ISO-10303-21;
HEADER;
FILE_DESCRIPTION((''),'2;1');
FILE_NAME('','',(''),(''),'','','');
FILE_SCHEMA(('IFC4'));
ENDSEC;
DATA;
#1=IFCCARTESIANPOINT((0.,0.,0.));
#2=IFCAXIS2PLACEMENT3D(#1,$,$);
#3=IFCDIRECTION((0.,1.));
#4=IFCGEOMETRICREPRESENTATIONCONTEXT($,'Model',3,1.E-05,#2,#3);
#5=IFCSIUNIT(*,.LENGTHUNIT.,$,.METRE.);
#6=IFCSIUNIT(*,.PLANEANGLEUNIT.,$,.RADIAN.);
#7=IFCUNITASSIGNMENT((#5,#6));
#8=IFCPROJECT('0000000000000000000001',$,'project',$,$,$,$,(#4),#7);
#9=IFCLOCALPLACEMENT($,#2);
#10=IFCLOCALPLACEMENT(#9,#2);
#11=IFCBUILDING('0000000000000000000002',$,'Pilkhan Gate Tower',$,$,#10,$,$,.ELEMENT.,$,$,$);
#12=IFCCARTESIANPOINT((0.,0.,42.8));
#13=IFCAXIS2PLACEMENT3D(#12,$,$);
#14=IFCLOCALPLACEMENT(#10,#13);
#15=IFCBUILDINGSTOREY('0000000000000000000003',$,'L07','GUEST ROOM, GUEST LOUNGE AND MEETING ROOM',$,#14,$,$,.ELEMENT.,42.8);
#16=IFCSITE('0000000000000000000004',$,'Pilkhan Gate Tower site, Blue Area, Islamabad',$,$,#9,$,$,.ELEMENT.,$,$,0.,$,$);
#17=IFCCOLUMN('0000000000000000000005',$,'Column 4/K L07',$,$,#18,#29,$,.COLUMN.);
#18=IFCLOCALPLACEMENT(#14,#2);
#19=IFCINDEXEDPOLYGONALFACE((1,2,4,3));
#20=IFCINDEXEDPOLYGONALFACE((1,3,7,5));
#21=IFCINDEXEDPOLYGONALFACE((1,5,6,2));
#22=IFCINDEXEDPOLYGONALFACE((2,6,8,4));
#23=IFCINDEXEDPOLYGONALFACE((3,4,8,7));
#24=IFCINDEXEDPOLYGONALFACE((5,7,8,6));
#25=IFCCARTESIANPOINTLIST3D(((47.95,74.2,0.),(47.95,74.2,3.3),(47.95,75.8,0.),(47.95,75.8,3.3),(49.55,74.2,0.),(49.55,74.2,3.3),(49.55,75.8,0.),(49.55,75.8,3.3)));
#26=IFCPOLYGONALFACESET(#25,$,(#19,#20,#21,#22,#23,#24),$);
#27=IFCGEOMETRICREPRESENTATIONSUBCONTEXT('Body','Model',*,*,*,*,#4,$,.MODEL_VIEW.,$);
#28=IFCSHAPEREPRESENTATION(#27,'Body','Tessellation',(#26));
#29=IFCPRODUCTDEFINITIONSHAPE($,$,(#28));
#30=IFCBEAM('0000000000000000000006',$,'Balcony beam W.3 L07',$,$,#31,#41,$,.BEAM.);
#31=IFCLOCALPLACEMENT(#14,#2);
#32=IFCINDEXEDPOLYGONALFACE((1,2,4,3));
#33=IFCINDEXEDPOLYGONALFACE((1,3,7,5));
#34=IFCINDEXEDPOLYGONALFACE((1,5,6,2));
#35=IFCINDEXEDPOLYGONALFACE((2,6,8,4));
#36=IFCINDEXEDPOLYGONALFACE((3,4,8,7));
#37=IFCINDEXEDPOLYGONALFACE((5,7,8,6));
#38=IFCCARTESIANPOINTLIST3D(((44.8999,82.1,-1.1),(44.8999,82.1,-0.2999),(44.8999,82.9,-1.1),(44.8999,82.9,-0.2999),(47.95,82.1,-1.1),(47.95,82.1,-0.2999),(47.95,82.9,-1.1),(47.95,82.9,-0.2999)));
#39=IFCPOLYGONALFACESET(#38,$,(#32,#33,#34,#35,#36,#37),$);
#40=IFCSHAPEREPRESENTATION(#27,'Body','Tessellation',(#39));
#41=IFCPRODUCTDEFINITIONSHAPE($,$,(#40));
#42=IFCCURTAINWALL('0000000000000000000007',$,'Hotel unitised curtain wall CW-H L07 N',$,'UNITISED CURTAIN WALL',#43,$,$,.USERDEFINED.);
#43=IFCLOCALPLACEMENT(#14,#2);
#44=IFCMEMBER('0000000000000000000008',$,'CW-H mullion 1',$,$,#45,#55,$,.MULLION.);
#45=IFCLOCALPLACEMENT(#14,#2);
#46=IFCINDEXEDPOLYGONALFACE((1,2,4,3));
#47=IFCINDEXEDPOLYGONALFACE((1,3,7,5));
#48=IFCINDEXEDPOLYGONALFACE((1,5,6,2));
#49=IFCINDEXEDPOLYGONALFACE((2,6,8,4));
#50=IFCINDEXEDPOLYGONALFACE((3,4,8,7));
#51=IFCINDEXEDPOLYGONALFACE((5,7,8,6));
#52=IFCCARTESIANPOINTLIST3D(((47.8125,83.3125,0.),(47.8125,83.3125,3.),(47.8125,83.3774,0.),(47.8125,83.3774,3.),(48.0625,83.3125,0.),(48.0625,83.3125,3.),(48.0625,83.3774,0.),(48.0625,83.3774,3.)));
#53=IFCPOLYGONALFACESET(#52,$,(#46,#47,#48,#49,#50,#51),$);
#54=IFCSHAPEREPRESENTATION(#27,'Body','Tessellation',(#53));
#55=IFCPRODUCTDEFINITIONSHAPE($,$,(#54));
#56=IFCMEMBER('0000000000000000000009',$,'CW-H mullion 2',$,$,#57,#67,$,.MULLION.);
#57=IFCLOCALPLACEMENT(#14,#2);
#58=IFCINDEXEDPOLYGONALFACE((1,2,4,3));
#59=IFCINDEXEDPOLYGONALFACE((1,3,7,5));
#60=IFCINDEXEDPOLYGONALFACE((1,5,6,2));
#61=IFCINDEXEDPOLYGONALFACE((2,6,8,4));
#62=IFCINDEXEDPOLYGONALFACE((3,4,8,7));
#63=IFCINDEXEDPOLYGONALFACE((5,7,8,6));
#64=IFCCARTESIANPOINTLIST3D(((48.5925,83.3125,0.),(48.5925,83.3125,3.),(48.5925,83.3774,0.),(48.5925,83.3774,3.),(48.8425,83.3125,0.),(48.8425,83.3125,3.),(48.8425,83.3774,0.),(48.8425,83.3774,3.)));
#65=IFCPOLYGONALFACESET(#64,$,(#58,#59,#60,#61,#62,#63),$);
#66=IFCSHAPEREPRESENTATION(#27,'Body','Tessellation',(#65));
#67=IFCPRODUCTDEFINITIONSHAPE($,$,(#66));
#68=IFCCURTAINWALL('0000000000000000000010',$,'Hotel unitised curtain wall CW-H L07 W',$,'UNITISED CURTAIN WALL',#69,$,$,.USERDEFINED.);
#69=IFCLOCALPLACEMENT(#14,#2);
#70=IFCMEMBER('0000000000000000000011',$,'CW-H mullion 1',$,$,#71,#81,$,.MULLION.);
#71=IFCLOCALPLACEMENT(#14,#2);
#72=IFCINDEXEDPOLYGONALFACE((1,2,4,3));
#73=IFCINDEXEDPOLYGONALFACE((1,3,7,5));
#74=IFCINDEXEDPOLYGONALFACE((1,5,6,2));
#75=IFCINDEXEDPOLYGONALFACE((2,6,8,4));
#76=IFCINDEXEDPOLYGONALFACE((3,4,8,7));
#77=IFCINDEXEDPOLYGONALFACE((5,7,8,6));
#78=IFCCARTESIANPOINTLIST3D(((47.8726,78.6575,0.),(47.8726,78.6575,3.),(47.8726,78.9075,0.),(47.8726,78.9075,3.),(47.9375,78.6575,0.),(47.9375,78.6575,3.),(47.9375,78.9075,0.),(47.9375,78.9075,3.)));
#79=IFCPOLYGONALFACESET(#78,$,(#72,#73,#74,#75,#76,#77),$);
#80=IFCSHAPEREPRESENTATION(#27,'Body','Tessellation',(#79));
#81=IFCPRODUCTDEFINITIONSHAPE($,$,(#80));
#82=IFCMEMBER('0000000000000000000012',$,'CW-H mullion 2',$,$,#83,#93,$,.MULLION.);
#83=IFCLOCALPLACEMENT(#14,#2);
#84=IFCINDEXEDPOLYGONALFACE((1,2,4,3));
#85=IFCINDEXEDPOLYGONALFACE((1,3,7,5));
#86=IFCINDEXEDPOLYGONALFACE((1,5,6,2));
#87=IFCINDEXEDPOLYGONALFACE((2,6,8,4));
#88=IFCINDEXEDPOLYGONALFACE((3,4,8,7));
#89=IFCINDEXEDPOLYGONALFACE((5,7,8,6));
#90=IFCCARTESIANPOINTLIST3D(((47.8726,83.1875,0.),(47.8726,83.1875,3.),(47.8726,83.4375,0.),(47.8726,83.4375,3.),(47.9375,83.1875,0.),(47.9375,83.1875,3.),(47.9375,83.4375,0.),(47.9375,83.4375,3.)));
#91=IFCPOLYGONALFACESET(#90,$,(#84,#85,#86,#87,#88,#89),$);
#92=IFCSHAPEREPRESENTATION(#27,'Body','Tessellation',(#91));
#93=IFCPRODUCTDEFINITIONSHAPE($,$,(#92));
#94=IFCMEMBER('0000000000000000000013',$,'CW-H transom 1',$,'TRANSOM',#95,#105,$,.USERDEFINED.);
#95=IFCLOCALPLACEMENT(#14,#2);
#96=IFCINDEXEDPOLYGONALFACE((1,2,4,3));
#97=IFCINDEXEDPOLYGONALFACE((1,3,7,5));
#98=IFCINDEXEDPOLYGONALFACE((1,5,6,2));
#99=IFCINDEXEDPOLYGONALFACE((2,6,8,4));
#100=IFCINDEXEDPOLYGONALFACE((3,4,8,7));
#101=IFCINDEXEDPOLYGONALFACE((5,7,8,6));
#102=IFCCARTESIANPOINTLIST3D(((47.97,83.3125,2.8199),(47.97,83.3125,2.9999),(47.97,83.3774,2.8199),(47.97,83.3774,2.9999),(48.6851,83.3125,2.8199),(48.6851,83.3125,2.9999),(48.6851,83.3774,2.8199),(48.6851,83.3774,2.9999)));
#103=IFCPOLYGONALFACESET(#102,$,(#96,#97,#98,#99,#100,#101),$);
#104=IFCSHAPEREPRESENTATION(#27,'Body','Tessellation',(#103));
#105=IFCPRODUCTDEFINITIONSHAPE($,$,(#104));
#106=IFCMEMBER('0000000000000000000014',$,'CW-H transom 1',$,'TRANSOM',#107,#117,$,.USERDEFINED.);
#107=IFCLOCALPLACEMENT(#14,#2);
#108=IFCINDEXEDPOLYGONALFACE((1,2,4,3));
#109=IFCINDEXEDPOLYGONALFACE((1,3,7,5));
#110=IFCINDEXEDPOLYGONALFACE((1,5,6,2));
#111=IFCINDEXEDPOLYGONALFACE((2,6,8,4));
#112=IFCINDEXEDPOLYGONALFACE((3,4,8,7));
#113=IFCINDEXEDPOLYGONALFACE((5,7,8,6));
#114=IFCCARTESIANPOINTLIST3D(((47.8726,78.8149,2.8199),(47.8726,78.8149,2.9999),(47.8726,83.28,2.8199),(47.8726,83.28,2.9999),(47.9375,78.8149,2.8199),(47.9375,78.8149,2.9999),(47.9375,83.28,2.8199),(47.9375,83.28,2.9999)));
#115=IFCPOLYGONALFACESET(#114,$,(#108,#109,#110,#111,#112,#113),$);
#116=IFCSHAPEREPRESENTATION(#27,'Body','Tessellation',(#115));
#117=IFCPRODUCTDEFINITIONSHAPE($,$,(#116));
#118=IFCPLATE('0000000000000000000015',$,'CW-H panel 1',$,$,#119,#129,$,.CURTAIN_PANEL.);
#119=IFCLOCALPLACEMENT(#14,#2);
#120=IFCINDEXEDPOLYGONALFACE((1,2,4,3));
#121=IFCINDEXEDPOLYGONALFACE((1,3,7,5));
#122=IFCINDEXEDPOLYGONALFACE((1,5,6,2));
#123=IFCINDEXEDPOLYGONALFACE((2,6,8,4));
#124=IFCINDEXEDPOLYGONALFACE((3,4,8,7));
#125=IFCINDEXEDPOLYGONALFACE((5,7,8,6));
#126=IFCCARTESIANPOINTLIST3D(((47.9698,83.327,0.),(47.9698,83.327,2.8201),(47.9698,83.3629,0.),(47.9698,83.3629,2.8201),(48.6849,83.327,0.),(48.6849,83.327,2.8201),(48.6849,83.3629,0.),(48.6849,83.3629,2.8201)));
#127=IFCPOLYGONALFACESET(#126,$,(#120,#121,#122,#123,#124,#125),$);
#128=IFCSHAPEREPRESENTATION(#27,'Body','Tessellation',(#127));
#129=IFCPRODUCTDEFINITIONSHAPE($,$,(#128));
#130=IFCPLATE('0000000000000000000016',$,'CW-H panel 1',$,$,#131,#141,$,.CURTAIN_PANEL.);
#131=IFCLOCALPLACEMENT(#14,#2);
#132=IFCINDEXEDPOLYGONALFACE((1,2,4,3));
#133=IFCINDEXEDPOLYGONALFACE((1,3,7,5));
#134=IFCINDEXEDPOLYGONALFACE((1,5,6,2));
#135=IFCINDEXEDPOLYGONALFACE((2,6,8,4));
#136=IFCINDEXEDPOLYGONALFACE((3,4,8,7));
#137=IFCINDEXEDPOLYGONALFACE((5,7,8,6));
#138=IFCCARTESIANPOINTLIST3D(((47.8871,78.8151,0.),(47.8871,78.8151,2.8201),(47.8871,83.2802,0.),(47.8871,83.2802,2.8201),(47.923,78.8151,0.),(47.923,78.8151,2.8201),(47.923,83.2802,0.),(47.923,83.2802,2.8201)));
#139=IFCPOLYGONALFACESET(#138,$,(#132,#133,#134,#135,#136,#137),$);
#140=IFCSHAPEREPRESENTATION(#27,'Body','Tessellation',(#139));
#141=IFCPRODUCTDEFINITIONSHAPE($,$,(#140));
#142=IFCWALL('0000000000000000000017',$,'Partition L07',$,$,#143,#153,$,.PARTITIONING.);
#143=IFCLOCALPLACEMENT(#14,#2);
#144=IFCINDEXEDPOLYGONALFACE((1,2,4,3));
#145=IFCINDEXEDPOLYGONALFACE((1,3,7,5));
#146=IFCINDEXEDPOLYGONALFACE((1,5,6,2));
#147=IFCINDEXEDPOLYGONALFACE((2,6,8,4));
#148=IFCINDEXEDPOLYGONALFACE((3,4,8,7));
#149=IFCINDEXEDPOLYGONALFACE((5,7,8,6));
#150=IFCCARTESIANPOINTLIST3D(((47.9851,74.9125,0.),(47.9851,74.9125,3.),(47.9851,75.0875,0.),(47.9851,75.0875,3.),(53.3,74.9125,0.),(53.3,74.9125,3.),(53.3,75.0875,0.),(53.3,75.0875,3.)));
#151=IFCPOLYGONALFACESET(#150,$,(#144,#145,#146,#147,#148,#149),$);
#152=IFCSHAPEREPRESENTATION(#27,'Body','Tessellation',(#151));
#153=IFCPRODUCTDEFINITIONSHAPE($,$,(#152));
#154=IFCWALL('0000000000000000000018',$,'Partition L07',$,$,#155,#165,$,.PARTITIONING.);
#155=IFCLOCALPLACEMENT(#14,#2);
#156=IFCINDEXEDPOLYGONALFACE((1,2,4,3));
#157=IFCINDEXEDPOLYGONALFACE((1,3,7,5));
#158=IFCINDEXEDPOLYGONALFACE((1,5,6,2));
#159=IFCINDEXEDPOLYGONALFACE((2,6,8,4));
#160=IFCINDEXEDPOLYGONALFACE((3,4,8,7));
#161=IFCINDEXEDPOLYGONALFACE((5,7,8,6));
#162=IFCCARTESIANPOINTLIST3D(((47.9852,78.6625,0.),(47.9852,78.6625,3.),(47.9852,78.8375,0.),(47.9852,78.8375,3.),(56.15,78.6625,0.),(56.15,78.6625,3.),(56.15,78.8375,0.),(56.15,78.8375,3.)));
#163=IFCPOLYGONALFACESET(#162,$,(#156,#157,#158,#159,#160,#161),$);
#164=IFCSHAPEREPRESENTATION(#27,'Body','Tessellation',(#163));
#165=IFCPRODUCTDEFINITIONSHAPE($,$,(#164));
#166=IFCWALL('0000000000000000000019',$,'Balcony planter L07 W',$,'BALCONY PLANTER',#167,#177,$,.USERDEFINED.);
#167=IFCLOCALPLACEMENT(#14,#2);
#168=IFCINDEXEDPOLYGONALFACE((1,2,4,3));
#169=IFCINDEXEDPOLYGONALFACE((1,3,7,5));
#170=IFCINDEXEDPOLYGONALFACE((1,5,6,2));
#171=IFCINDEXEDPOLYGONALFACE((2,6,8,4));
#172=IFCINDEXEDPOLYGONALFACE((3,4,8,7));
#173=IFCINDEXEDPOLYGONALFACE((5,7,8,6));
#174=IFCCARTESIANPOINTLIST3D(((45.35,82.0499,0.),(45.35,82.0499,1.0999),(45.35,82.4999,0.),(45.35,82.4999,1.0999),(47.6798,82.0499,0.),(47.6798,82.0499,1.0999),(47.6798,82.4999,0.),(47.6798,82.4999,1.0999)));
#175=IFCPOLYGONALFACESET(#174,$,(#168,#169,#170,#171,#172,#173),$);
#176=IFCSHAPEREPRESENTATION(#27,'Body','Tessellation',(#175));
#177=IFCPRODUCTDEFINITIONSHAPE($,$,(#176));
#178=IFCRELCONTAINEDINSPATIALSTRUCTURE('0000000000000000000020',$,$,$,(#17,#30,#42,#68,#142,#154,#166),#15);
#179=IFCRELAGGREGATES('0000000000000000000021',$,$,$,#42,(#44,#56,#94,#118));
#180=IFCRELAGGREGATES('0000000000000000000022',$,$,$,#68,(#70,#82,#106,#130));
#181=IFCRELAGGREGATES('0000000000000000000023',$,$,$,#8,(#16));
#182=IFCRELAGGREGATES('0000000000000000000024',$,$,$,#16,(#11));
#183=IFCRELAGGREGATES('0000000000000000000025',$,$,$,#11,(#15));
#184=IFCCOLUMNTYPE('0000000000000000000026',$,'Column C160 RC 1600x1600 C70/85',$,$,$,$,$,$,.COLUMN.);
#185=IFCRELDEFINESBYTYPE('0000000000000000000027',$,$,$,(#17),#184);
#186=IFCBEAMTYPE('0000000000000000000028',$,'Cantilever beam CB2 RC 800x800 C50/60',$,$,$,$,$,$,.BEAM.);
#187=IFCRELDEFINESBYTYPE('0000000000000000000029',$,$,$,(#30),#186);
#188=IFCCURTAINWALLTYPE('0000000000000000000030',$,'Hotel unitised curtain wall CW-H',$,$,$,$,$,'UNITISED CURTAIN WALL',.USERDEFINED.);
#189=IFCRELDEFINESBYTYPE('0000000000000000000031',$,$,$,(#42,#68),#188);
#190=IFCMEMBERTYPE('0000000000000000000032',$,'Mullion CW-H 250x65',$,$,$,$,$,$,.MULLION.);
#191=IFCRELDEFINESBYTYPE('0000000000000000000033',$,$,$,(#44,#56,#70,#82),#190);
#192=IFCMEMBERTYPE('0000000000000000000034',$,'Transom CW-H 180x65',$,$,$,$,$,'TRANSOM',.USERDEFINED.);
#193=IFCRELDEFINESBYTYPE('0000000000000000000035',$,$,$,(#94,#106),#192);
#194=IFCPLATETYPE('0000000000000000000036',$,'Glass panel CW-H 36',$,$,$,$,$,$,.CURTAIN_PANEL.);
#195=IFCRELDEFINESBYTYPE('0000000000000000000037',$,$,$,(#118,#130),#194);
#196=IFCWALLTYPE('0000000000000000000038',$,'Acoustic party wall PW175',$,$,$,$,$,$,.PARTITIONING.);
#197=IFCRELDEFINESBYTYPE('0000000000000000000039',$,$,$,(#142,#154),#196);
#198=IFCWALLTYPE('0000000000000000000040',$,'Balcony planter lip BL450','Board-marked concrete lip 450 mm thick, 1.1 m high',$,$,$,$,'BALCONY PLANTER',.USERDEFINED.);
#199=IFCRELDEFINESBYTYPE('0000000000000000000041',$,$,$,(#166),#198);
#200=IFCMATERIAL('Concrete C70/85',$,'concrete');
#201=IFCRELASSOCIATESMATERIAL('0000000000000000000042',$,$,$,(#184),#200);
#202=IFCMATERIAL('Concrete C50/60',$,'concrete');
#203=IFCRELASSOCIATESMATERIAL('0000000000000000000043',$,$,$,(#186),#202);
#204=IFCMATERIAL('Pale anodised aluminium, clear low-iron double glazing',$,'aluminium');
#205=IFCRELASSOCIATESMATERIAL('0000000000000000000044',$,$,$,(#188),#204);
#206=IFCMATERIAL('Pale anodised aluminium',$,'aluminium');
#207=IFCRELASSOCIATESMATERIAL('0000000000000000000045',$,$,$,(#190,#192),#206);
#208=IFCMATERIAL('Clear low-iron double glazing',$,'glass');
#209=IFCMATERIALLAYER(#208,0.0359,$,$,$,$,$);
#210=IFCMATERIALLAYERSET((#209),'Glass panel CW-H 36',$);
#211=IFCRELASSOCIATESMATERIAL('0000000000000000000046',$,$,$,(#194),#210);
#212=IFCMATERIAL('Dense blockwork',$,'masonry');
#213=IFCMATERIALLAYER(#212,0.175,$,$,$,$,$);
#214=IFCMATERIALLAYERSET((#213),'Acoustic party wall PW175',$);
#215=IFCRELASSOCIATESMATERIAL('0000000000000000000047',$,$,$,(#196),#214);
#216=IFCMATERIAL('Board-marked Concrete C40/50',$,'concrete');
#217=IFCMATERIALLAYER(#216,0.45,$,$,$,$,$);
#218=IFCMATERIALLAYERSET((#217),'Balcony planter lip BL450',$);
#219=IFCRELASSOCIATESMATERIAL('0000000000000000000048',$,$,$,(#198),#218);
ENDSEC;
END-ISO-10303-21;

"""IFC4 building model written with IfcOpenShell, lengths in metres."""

from ifc_helpers import new_model, si_unit, direction, frame, frame_2d, origin, origin_2d, place, context, subcontext, project, spatial, rectangle, extrude, material, layer, layer_set, material_profile, profile_set, type_object, element, aggregate, save


model = new_model("IFC4")

# Units and contexts
model_context = context("Model", 3, precision=1e-05, world=origin(), true_north=direction((0.0, 1.0)))
body_context = subcontext(model_context, "Body", "Model", "MODEL_VIEW")
ifc_project = project(units=[si_unit("LENGTHUNIT", "METRE"), si_unit("PLANEANGLEUNIT", "RADIAN")], contexts=[model_context])

# Site, building, storey
site_placement = place(None, origin())
site = spatial("IfcSite", under=ifc_project, at=site_placement, Name="Pilkhan Gate Tower site, Blue Area, Islamabad", CompositionType="ELEMENT", RefElevation=0.0)
building_placement = place(site_placement, origin())
building = spatial("IfcBuilding", under=site, at=building_placement, Name="Pilkhan Gate Tower", CompositionType="ELEMENT")
storey_placement = place(building_placement, frame((0.0, 0.0, 42.8)))
storey = spatial("IfcBuildingStorey", under=building, at=storey_placement, Name="L07", Description="GUEST ROOM, GUEST LOUNGE AND MEETING ROOM", CompositionType="ELEMENT", Elevation=42.8)

# Column
ifc_material_1 = material(Name="Concrete C70/85", Category="concrete")
ifc_material_profile_1 = material_profile(ifc_material_1, rectangle(XDim=1.6001, YDim=1.6001, at=origin_2d()), Name="RC 1600x1600")
ifc_profile_set_1 = profile_set([ifc_material_profile_1], Name="Concrete C70/85")
column_type = type_object("IfcColumnType", Name="Column C160 RC 1600x1600 C70/85", PredefinedType="COLUMN", material=ifc_profile_set_1)
column_placement = place(storey_placement, frame((48.75, 75.0, 0.0), z_axis=(0.0, 0.0, 1.0), x_axis=(1.0, 0.0, 0.0)))
element("IfcColumn", 1, at=column_placement, inside=storey, type_object=column_type, Name="Column 4/K L07", PredefinedType="COLUMN", context=body_context, shape_type="SweptSolid", body=[
    extrude(rectangle(XDim=1.6001, YDim=1.6001, at=origin_2d()), origin(), (0.0, 0.0, 1.0), 3.3),
])

# Beam
ifc_material_2 = material(Name="Concrete C50/60", Category="concrete")
ifc_material_profile_2 = material_profile(ifc_material_2, rectangle(XDim=0.8, YDim=0.8, at=origin_2d()), Name="RC 800x800")
ifc_profile_set_2 = profile_set([ifc_material_profile_2], Name="Concrete C50/60")
beam_type = type_object("IfcBeamType", Name="Cantilever beam CB2 RC 800x800 C50/60", PredefinedType="BEAM", material=ifc_profile_set_2)
beam_placement = place(storey_placement, frame((47.95, 82.5, -0.7), z_axis=(-1.0, 0.0, 0.0), x_axis=(0.0, -1.0, 0.0)))
element("IfcBeam", 2, at=beam_placement, inside=storey, type_object=beam_type, Name="Balcony beam W.3 L07", PredefinedType="BEAM", context=body_context, shape_type="SweptSolid", body=[
    extrude(rectangle(XDim=0.8, YDim=0.8, at=origin_2d()), origin(), (0.0, 0.0, 1.0), 3.05),
])

# Curtain walls, members
ifc_material_3 = material(Name="Pale anodised aluminium, clear low-iron double glazing", Category="aluminium")
curtain_wall_type = type_object("IfcCurtainWallType", Name="Hotel unitised curtain wall CW-H", ElementType="UNITISED CURTAIN WALL", PredefinedType="USERDEFINED", material=ifc_material_3)
curtain_wall_1_placement = place(storey_placement, origin())
curtain_wall_1 = element("IfcCurtainWall", 3, at=curtain_wall_1_placement, inside=storey, type_object=curtain_wall_type, Name="Hotel unitised curtain wall CW-H L07 N", ObjectType="UNITISED CURTAIN WALL", PredefinedType="USERDEFINED")
ifc_material_4 = material(Name="Pale anodised aluminium", Category="aluminium")
ifc_material_profile_3 = material_profile(ifc_material_4, rectangle(XDim=0.0649, YDim=0.25, at=origin_2d()), Name="Mullion 250x65")
ifc_profile_set_3 = profile_set([ifc_material_profile_3], Name="Pale anodised aluminium")
member_type_1 = type_object("IfcMemberType", Name="Mullion CW-H 250x65", PredefinedType="MULLION", material=ifc_profile_set_3)
member_1_placement = place(storey_placement, frame((47.9375, 83.345, 0.0), z_axis=(0.0, 0.0, 1.0), x_axis=(0.0, 1.0, 0.0)))
member_1 = element("IfcMember", 4, at=member_1_placement, type_object=member_type_1, Name="CW-H mullion 1", PredefinedType="MULLION", context=body_context, shape_type="SweptSolid", body=[
    extrude(rectangle(XDim=0.0649, YDim=0.25, at=origin_2d()), origin(), (0.0, 0.0, 1.0), 3.0),
])
member_2_placement = place(storey_placement, frame((48.7175, 83.345, 0.0), z_axis=(0.0, 0.0, 1.0), x_axis=(0.0, 1.0, 0.0)))
member_2 = element("IfcMember", 5, at=member_2_placement, type_object=member_type_1, Name="CW-H mullion 2", PredefinedType="MULLION", context=body_context, shape_type="SweptSolid", body=[
    extrude(rectangle(XDim=0.0649, YDim=0.25, at=origin_2d()), origin(), (0.0, 0.0, 1.0), 3.0),
])
curtain_wall_2_placement = place(storey_placement, origin())
curtain_wall_2 = element("IfcCurtainWall", 6, at=curtain_wall_2_placement, inside=storey, type_object=curtain_wall_type, Name="Hotel unitised curtain wall CW-H L07 W", ObjectType="UNITISED CURTAIN WALL", PredefinedType="USERDEFINED")
member_3_placement = place(storey_placement, frame((47.905, 78.7825, 0.0), z_axis=(0.0, 0.0, 1.0), x_axis=(-1.0, 0.0, 0.0)))
member_3 = element("IfcMember", 7, at=member_3_placement, type_object=member_type_1, Name="CW-H mullion 1", PredefinedType="MULLION", context=body_context, shape_type="SweptSolid", body=[
    extrude(rectangle(XDim=0.0649, YDim=0.25, at=origin_2d()), origin(), (0.0, 0.0, 1.0), 3.0),
])
member_4_placement = place(storey_placement, frame((47.905, 83.3125, 0.0), z_axis=(0.0, 0.0, 1.0), x_axis=(-1.0, 0.0, 0.0)))
member_4 = element("IfcMember", 8, at=member_4_placement, type_object=member_type_1, Name="CW-H mullion 2", PredefinedType="MULLION", context=body_context, shape_type="SweptSolid", body=[
    extrude(rectangle(XDim=0.0649, YDim=0.25, at=origin_2d()), origin(), (0.0, 0.0, 1.0), 3.0),
])

# Members
ifc_material_profile_4 = material_profile(ifc_material_4, rectangle(XDim=0.0649, YDim=0.1799, at=origin_2d()), Name="Transom 180x65")
ifc_profile_set_4 = profile_set([ifc_material_profile_4], Name="Pale anodised aluminium")
member_type_2 = type_object("IfcMemberType", Name="Transom CW-H 180x65", ElementType="TRANSOM", PredefinedType="USERDEFINED", material=ifc_profile_set_4)
member_5_placement = place(storey_placement, frame((47.97, 83.345, 2.9099), z_axis=(1.0, 0.0, 0.0), x_axis=(0.0, 1.0, 0.0)))
member_5 = element("IfcMember", 9, at=member_5_placement, type_object=member_type_2, Name="CW-H transom 1", ObjectType="TRANSOM", PredefinedType="USERDEFINED", context=body_context, shape_type="SweptSolid", body=[
    extrude(rectangle(XDim=0.0649, YDim=0.1799, at=origin_2d()), origin(), (0.0, 0.0, 1.0), 0.7151),
])
member_6_placement = place(storey_placement, frame((47.905, 78.8149, 2.9099), z_axis=(0.0, 1.0, 0.0), x_axis=(-1.0, 0.0, 0.0)))
member_6 = element("IfcMember", 10, at=member_6_placement, type_object=member_type_2, Name="CW-H transom 1", ObjectType="TRANSOM", PredefinedType="USERDEFINED", context=body_context, shape_type="SweptSolid", body=[
    extrude(rectangle(XDim=0.0649, YDim=0.1799, at=origin_2d()), origin(), (0.0, 0.0, 1.0), 4.4651),
])

# Plates
ifc_material_5 = material(Name="Clear low-iron double glazing", Category="glass")
ifc_layer_1 = layer(ifc_material_5, 0.0359)
ifc_layer_set_1 = layer_set([ifc_layer_1], Name="Glass panel CW-H 36")
plate_type = type_object("IfcPlateType", Name="Glass panel CW-H 36", PredefinedType="CURTAIN_PANEL", material=ifc_layer_set_1)
plate_1_placement = place(storey_placement, frame((48.3274, 83.345, 0.0), z_axis=(0.0, 0.0, 1.0), x_axis=(1.0, 0.0, 0.0)))
plate_1 = element("IfcPlate", 11, at=plate_1_placement, type_object=plate_type, Name="CW-H panel 1", PredefinedType="CURTAIN_PANEL", context=body_context, shape_type="SweptSolid", body=[
    extrude(rectangle(XDim=0.7151, YDim=0.0359, at=origin_2d()), origin(), (0.0, 0.0, 1.0), 2.8201),
])
aggregate(curtain_wall_1, [member_1, member_2, member_5, plate_1])
plate_2_placement = place(storey_placement, frame((47.905, 81.0476, 0.0), z_axis=(0.0, 0.0, 1.0), x_axis=(0.0, 1.0, 0.0)))
plate_2 = element("IfcPlate", 12, at=plate_2_placement, type_object=plate_type, Name="CW-H panel 1", PredefinedType="CURTAIN_PANEL", context=body_context, shape_type="SweptSolid", body=[
    extrude(rectangle(XDim=4.4651, YDim=0.0359, at=origin_2d()), origin(), (0.0, 0.0, 1.0), 2.8201),
])
aggregate(curtain_wall_2, [member_3, member_4, member_6, plate_2])

# Walls
ifc_material_6 = material(Name="Dense blockwork", Category="masonry")
ifc_layer_2 = layer(ifc_material_6, 0.175)
ifc_layer_set_2 = layer_set([ifc_layer_2], Name="Acoustic party wall PW175")
wall_type_1 = type_object("IfcWallType", Name="Acoustic party wall PW175", PredefinedType="PARTITIONING", material=ifc_layer_set_2)
wall_1_placement = place(storey_placement, frame((47.9851, 75.0, 0.0), z_axis=(0.0, 0.0, 1.0), x_axis=(1.0, 0.0, 0.0)))
element("IfcWall", 13, at=wall_1_placement, inside=storey, type_object=wall_type_1, Name="Partition L07", PredefinedType="PARTITIONING", context=body_context, shape_type="SweptSolid", body=[
    extrude(rectangle(XDim=5.3149, YDim=0.175, at=frame_2d((2.6575, 0.0))), origin(), (0.0, 0.0, 1.0), 3.0),
])
wall_2_placement = place(storey_placement, frame((47.9851, 78.75, 0.0), z_axis=(0.0, 0.0, 1.0), x_axis=(1.0, 0.0, 0.0)))
element("IfcWall", 14, at=wall_2_placement, inside=storey, type_object=wall_type_1, Name="Partition L07", PredefinedType="PARTITIONING", context=body_context, shape_type="SweptSolid", body=[
    extrude(rectangle(XDim=8.1648, YDim=0.175, at=frame_2d((4.0825, 0.0))), origin(), (0.0, 0.0, 1.0), 3.0),
])
ifc_material_7 = material(Name="Board-marked Concrete C40/50", Category="concrete")
ifc_layer_3 = layer(ifc_material_7, 0.45)
ifc_layer_set_3 = layer_set([ifc_layer_3], Name="Balcony planter lip BL450")
wall_type_2 = type_object("IfcWallType", Name="Balcony planter lip BL450", Description="Board-marked concrete lip 450 mm thick, 1.1 m high", ElementType="BALCONY PLANTER", PredefinedType="USERDEFINED", material=ifc_layer_set_3)
wall_3_placement = place(storey_placement, frame((47.6799, 82.2749, 0.0), z_axis=(0.0, 0.0, 1.0), x_axis=(-1.0, 0.0, 0.0)))
element("IfcWall", 15, at=wall_3_placement, inside=storey, type_object=wall_type_2, Name="Balcony planter L07 W", ObjectType="BALCONY PLANTER", PredefinedType="USERDEFINED", context=body_context, shape_type="SweptSolid", body=[
    extrude(rectangle(XDim=2.3298, YDim=0.45, at=frame_2d((1.165, 0.0))), origin(), (0.0, 0.0, 1.0), 1.0999),
])

save(model, "model.ifc")
